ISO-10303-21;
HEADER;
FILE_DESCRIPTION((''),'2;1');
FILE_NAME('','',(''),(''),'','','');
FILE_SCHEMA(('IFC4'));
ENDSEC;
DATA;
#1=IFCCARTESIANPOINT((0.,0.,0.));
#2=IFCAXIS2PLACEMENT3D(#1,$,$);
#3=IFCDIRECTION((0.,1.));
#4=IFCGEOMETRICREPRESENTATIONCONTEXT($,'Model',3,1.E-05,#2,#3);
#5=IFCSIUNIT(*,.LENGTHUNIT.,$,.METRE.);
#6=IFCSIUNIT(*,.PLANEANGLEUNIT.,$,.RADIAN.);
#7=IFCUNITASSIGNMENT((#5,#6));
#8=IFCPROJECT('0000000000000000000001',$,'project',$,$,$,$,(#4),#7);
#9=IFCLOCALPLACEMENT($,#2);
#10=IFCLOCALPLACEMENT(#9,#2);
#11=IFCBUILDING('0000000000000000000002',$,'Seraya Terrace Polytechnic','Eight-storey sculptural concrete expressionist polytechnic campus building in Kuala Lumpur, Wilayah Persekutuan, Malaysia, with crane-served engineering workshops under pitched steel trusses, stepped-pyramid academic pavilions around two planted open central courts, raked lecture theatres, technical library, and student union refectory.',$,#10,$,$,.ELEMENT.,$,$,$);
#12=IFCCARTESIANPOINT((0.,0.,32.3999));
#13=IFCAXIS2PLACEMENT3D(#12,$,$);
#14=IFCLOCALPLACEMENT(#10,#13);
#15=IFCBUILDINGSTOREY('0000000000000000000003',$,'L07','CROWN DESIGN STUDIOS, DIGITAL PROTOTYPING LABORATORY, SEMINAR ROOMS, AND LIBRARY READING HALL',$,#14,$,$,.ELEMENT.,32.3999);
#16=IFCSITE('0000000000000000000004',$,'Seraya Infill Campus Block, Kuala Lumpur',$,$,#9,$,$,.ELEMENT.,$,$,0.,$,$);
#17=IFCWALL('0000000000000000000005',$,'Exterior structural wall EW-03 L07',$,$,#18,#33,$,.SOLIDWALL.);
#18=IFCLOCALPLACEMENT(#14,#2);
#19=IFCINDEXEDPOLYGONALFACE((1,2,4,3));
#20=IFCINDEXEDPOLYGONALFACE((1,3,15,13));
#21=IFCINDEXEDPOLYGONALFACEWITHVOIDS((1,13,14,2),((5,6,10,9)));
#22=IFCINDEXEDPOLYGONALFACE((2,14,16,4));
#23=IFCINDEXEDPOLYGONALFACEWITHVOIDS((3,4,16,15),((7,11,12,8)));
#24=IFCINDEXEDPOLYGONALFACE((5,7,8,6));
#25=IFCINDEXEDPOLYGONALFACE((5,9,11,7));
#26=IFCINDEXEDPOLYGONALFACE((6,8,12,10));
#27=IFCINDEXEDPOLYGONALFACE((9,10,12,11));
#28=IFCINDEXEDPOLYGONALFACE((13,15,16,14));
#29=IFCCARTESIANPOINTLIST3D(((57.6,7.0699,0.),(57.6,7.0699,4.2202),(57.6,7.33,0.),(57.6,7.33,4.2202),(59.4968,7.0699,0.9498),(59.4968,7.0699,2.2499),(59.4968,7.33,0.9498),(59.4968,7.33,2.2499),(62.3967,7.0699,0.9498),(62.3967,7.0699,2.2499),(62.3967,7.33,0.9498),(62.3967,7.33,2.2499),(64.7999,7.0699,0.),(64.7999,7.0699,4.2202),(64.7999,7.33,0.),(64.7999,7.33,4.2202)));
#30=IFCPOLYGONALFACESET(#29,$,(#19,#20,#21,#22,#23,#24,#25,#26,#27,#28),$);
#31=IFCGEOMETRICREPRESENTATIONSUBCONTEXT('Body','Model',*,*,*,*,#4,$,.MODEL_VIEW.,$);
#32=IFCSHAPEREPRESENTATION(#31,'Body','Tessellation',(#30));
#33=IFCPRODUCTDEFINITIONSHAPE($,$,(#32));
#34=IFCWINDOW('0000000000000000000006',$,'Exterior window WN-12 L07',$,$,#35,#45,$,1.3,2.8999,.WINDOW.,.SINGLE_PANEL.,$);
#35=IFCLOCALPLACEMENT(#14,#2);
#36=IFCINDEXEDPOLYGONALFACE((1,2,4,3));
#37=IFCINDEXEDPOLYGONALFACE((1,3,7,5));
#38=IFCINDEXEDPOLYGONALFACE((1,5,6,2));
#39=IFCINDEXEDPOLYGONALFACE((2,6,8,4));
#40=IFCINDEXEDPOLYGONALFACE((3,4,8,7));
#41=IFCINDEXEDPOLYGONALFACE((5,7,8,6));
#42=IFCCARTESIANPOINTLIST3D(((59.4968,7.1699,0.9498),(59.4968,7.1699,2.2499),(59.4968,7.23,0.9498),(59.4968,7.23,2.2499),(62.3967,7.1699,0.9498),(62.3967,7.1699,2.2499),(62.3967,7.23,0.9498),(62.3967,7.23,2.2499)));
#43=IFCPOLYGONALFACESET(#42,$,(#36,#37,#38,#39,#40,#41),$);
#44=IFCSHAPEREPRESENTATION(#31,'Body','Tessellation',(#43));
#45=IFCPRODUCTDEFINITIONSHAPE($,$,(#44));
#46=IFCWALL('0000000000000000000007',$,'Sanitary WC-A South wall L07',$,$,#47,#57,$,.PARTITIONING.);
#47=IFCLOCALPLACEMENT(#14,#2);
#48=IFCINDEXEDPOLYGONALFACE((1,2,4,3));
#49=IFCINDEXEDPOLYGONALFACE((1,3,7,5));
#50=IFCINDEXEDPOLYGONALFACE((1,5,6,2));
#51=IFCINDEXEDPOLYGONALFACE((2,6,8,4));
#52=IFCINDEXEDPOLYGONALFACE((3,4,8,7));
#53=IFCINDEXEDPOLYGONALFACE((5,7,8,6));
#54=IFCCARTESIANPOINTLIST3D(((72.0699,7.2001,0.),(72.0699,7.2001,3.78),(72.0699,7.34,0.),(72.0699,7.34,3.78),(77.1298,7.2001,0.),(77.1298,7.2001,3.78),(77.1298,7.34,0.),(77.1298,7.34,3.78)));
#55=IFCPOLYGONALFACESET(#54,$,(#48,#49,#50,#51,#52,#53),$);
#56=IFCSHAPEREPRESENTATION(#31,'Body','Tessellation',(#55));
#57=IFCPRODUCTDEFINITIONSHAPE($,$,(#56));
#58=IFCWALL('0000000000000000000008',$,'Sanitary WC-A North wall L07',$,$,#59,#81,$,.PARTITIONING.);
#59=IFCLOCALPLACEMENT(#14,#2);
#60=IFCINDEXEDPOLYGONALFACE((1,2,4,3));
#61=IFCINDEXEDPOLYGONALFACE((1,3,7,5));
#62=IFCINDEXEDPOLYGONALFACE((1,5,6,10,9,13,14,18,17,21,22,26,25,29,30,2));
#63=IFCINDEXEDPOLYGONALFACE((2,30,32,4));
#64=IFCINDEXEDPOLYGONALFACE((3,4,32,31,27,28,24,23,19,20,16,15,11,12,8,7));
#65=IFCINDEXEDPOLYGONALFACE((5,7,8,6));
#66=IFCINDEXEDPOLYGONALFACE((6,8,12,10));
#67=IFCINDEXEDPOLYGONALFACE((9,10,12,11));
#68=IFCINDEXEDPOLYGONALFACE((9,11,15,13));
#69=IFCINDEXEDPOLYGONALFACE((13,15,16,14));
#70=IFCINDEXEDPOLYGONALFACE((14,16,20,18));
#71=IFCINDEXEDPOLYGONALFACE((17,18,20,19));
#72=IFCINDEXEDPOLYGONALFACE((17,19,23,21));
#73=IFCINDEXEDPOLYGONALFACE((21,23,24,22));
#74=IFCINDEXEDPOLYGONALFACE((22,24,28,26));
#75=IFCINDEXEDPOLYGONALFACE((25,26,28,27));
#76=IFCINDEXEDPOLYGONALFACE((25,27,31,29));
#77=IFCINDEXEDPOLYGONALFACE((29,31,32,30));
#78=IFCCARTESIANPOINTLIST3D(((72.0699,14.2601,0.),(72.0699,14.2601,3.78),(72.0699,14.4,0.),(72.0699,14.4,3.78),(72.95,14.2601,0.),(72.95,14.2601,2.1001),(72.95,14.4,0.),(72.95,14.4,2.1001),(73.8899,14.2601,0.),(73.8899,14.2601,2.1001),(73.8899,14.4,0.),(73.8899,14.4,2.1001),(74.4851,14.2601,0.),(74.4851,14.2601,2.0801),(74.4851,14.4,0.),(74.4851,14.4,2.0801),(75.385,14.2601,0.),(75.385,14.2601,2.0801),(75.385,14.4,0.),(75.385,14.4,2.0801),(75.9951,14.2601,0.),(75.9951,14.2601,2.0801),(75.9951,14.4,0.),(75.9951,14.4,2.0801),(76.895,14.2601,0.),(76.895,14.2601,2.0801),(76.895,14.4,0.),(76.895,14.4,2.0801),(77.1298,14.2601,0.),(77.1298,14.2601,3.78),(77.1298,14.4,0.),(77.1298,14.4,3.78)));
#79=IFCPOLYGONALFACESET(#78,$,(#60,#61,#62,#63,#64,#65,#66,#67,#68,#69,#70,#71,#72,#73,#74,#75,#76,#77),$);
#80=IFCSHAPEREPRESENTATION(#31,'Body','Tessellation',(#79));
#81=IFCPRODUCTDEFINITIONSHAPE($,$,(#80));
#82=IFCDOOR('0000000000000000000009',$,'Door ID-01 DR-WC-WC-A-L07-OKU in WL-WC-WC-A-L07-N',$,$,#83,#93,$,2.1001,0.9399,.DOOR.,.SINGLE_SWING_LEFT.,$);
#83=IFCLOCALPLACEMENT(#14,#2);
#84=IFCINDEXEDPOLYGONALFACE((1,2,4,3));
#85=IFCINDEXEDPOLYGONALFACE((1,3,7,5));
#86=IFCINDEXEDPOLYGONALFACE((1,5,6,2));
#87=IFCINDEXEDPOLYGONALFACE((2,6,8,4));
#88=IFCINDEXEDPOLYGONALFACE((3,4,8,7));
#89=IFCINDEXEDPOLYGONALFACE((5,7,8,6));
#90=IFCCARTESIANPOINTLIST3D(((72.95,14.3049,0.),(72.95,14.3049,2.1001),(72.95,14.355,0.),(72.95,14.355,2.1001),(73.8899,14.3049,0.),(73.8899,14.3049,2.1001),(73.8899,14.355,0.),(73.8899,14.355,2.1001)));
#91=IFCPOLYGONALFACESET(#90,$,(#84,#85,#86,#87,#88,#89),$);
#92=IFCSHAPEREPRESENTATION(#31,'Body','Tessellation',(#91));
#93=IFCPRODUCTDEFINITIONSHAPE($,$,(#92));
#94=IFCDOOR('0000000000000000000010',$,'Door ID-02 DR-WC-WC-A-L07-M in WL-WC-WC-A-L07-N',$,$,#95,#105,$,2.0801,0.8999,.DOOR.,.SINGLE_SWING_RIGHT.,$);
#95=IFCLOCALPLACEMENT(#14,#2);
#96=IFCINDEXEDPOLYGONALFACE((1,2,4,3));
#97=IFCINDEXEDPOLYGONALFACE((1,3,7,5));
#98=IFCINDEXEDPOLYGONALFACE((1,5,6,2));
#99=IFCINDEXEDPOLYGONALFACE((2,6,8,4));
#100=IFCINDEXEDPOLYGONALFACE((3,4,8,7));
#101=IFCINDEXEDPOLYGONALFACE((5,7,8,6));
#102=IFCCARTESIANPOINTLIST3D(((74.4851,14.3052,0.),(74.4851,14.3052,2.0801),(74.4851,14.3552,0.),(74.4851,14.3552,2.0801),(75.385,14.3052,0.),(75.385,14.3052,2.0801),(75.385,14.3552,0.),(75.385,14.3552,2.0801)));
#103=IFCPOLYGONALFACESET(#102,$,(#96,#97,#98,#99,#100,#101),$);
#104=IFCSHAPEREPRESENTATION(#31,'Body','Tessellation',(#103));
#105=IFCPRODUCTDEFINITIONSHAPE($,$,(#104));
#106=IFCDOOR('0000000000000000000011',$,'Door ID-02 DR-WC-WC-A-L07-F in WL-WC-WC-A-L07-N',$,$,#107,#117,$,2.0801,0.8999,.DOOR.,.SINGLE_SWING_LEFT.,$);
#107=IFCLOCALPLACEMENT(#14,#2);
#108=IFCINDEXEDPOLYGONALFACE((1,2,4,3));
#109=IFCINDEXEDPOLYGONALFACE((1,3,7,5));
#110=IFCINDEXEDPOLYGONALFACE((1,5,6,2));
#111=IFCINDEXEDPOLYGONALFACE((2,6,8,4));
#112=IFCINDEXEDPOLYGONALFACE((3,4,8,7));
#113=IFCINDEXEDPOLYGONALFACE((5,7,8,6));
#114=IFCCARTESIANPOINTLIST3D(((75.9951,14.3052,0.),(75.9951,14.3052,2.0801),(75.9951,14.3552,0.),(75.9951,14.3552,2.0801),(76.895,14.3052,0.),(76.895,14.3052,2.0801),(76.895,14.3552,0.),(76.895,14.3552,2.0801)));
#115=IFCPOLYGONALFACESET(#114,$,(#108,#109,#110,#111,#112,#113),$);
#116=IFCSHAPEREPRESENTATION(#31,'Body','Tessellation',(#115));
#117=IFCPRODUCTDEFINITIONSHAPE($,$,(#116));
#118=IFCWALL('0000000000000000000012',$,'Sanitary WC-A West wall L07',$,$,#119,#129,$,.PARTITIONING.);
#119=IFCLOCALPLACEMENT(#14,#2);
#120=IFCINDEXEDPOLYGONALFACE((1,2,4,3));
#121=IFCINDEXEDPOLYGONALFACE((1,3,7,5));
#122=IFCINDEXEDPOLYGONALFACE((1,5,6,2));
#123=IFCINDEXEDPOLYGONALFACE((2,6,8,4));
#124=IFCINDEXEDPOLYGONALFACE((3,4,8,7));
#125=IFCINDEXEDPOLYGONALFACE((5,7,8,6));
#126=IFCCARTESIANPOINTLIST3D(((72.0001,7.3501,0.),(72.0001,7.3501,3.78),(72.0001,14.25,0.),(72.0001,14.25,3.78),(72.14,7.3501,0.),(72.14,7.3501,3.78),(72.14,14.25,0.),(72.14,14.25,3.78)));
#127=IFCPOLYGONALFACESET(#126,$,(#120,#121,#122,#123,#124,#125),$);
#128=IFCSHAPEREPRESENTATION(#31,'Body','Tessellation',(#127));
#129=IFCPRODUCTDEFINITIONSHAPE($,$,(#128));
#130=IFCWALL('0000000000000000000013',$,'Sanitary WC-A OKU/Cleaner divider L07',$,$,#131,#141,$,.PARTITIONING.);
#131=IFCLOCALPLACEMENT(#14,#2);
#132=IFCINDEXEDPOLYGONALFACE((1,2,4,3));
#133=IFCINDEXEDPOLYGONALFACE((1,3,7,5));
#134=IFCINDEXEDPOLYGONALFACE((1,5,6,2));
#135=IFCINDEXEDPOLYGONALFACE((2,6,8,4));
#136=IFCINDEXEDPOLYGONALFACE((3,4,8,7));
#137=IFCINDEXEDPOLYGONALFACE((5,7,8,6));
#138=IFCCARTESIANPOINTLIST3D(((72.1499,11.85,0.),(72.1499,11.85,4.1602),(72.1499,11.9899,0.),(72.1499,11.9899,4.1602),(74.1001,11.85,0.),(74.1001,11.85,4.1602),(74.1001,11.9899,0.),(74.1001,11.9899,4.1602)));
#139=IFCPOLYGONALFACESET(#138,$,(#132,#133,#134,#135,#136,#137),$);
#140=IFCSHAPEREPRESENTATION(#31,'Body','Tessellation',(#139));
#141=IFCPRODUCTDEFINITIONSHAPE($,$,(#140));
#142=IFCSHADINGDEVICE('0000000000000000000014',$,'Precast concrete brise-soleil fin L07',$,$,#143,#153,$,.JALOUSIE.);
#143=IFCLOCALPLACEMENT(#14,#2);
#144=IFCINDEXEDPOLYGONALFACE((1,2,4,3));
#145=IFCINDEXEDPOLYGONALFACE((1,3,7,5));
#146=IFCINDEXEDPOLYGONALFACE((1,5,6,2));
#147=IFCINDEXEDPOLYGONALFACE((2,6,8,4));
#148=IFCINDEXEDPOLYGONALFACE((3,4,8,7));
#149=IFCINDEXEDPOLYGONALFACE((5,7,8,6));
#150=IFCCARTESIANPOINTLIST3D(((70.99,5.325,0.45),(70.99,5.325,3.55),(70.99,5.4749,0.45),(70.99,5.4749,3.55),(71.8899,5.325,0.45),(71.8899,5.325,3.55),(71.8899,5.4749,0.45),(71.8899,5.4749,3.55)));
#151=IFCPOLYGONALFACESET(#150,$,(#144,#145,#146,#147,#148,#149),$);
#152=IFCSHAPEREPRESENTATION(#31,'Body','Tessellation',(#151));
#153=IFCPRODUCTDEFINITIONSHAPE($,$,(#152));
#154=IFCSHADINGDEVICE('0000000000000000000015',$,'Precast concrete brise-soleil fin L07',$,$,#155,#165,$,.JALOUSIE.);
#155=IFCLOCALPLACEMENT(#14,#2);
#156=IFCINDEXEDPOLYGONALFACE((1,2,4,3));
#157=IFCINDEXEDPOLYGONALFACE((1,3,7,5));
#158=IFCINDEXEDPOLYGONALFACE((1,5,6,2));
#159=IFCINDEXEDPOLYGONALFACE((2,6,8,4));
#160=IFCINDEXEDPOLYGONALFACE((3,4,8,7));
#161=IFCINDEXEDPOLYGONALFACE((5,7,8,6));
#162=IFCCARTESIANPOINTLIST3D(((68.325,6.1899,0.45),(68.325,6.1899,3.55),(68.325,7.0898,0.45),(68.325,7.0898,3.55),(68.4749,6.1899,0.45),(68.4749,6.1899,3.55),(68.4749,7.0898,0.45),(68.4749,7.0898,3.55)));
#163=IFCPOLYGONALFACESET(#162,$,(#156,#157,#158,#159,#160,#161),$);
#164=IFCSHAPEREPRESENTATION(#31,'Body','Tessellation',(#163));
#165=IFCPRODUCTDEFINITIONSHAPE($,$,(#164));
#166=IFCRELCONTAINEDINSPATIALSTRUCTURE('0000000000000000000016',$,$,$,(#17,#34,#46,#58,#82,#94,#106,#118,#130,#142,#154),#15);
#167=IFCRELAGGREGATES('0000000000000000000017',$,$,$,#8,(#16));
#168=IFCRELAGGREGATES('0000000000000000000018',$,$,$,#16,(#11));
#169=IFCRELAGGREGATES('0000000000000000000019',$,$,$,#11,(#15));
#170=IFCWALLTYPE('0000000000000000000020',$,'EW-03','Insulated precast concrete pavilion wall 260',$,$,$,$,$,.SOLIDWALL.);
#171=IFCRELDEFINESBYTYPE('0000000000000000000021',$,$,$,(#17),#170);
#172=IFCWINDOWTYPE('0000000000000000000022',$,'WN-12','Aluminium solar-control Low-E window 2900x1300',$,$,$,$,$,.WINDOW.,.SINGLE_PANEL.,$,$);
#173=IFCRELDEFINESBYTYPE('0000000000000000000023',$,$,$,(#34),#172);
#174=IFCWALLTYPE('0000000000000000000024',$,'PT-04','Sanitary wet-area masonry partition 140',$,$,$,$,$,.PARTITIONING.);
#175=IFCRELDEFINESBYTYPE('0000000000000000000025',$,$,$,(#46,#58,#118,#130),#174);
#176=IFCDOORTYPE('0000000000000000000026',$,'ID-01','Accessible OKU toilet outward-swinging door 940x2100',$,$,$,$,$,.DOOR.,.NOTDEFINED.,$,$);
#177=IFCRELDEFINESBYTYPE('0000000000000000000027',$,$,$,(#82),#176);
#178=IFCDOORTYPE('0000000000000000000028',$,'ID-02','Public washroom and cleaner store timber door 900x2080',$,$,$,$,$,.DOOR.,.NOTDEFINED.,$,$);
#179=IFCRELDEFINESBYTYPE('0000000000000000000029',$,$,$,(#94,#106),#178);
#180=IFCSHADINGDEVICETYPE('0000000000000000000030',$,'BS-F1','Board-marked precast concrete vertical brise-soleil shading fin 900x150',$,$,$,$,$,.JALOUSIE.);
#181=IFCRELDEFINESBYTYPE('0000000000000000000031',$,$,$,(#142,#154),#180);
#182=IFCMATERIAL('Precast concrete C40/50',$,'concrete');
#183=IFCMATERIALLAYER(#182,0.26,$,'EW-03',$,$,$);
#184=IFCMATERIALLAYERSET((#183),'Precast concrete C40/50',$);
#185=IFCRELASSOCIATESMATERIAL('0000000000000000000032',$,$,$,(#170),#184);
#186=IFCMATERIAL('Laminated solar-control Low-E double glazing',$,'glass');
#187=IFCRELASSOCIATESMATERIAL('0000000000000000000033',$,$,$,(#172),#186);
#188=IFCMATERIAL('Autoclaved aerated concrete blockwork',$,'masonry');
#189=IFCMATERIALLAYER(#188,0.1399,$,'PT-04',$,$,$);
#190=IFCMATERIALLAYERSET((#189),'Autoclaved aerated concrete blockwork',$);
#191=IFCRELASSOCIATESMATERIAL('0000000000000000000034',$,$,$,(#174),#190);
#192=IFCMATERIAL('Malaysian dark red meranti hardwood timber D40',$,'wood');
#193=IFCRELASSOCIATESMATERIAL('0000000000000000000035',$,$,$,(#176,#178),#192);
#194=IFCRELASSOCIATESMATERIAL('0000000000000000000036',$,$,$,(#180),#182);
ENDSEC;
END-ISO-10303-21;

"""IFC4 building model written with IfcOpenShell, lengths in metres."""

from ifc_helpers import new_model, si_unit, direction, frame, frame_2d, origin, origin_2d, place, context, subcontext, project, spatial, rectangle, extrude, material, layer, layer_set, type_object, element, fill, save


model = new_model("IFC4")

# Units and contexts
model_context = context("Model", 3, precision=1e-05, world=origin(), true_north=direction((0.0, 1.0)))
body_context = subcontext(model_context, "Body", "Model", "MODEL_VIEW")
ifc_project = project(units=[si_unit("LENGTHUNIT", "METRE"), si_unit("PLANEANGLEUNIT", "RADIAN")], contexts=[model_context])

# Site, building, storey
site_placement = place(None, origin())
site = spatial("IfcSite", under=ifc_project, at=site_placement, Name="Seraya Infill Campus Block, Kuala Lumpur", CompositionType="ELEMENT", RefElevation=0.0)
building_placement = place(site_placement, origin())
building = spatial("IfcBuilding", under=site, at=building_placement, Name="Seraya Terrace Polytechnic", Description="Eight-storey sculptural concrete expressionist polytechnic campus building in Kuala Lumpur, Wilayah Persekutuan, Malaysia, with crane-served engineering workshops under pitched steel trusses, stepped-pyramid academic pavilions around two planted open central courts, raked lecture theatres, technical library, and student union refectory.", CompositionType="ELEMENT")
storey_placement = place(building_placement, frame((0.0, 0.0, 32.3999)))
storey = spatial("IfcBuildingStorey", under=building, at=storey_placement, Name="L07", Description="CROWN DESIGN STUDIOS, DIGITAL PROTOTYPING LABORATORY, SEMINAR ROOMS, AND LIBRARY READING HALL", CompositionType="ELEMENT", Elevation=32.3999)

# Shared definitions
ifc_material_1 = material(Name="Precast concrete C40/50", Category="concrete")
ifc_layer_1 = layer(ifc_material_1, 0.26, Name="EW-03")
ifc_layer_set_1 = layer_set([ifc_layer_1], Name="Precast concrete C40/50")
wall_type_1 = type_object("IfcWallType", Name="EW-03", Description="Insulated precast concrete pavilion wall 260", PredefinedType="SOLIDWALL", material=ifc_layer_set_1)

# Wall, opening, window
ifc_material_2 = material(Name="Laminated solar-control Low-E double glazing", Category="glass")
wall_1_placement = place(storey_placement, frame((64.8, 7.2, 0.0), z_axis=(0.0, 0.0, 1.0), x_axis=(-1.0, 0.0, 0.0)))
wall_1 = element("IfcWall", 1, at=wall_1_placement, inside=storey, type_object=wall_type_1, Name="Exterior structural wall EW-03 L07", PredefinedType="SOLIDWALL", context=body_context, shape_type="SweptSolid", body=[
    extrude(rectangle(XDim=7.2, YDim=0.26, at=frame_2d((3.6001, 0.0))), origin(), (0.0, 0.0, 1.0), 4.2202),
])
opening_1_placement = place(wall_1_placement, frame((2.4033, 0.0, 0.95)))
opening_1 = element("IfcOpeningElement", 2, at=opening_1_placement, cuts=wall_1, PredefinedType="OPENING", context=body_context, shape_type="SweptSolid", body=[
    extrude(rectangle(XDim=2.8999, YDim=1.3, at=frame_2d((1.45, 0.6499))), frame((0.0, 0.1421, 0.0), z_axis=(0.0, -1.0, 0.0), x_axis=(1.0, 0.0, 0.0)), (0.0, 0.0, 1.0), 0.2839),
])
window_type_1 = type_object("IfcWindowType", Name="WN-12", Description="Aluminium solar-control Low-E window 2900x1300", PartitioningType="SINGLE_PANEL", PredefinedType="WINDOW", material=ifc_material_2)
window_1_placement = place(opening_1_placement, origin())
window_1 = element("IfcWindow", 3, at=window_1_placement, inside=storey, type_object=window_type_1, Name="Exterior window WN-12 L07", OverallHeight=1.3, OverallWidth=2.8999, PartitioningType="SINGLE_PANEL", PredefinedType="WINDOW", context=body_context, shape_type="SweptSolid", body=[
    extrude(rectangle(XDim=2.8999, YDim=1.3, at=frame_2d((1.45, 0.6499))), frame((0.0, 0.03, 0.0), z_axis=(0.0, -1.0, 0.0), x_axis=(1.0, 0.0, 0.0)), (0.0, 0.0, 1.0), 0.0601),
])
fill(opening_1, window_1)

# Wall
ifc_material_3 = material(Name="Autoclaved aerated concrete blockwork", Category="masonry")
ifc_layer_2 = layer(ifc_material_3, 0.1399, Name="PT-04")
ifc_layer_set_2 = layer_set([ifc_layer_2], Name="Autoclaved aerated concrete blockwork")
wall_type_2 = type_object("IfcWallType", Name="PT-04", Description="Sanitary wet-area masonry partition 140", PredefinedType="PARTITIONING", material=ifc_layer_set_2)
wall_2_placement = place(storey_placement, frame((72.0701, 7.27, 0.0), z_axis=(0.0, 0.0, 1.0), x_axis=(1.0, 0.0, 0.0)))
element("IfcWall", 4, at=wall_2_placement, inside=storey, type_object=wall_type_2, Name="Sanitary WC-A South wall L07", PredefinedType="PARTITIONING", context=body_context, shape_type="SweptSolid", body=[
    extrude(rectangle(XDim=5.0598, YDim=0.1399, at=frame_2d((2.5298, 0.0))), origin(), (0.0, 0.0, 1.0), 3.78),
])

# Wall, openings, doors
wall_3_placement = place(storey_placement, frame((72.0701, 14.3301, 0.0), z_axis=(0.0, 0.0, 1.0), x_axis=(1.0, 0.0, 0.0)))
wall_3 = element("IfcWall", 5, at=wall_3_placement, inside=storey, type_object=wall_type_2, Name="Sanitary WC-A North wall L07", PredefinedType="PARTITIONING", context=body_context, shape_type="SweptSolid", body=[
    extrude(rectangle(XDim=5.0598, YDim=0.1399, at=frame_2d((2.5298, 0.0))), origin(), (0.0, 0.0, 1.0), 3.78),
])
opening_2_placement = place(wall_3_placement, frame((0.8799, 0.0, 0.0)))
opening_2 = element("IfcOpeningElement", 6, at=opening_2_placement, cuts=wall_3, PredefinedType="OPENING", context=body_context, shape_type="SweptSolid", body=[
    extrude(rectangle(XDim=0.9399, YDim=2.1001, at=frame_2d((0.47, 1.05))), frame((0.0, 0.082, 0.0), z_axis=(0.0, -1.0, 0.0), x_axis=(1.0, 0.0, 0.0)), (0.0, 0.0, 1.0), 0.1638),
])
opening_3_placement = place(wall_3_placement, frame((2.415, 0.0, 0.0)))
opening_3 = element("IfcOpeningElement", 7, at=opening_3_placement, cuts=wall_3, PredefinedType="OPENING", context=body_context, shape_type="SweptSolid", body=[
    extrude(rectangle(XDim=0.8999, YDim=2.0801, at=frame_2d((0.45, 1.04))), frame((0.0, 0.082, 0.0), z_axis=(0.0, -1.0, 0.0), x_axis=(1.0, 0.0, 0.0)), (0.0, 0.0, 1.0), 0.1638),
])
opening_4_placement = place(wall_3_placement, frame((3.925, 0.0, 0.0)))
opening_4 = element("IfcOpeningElement", 8, at=opening_4_placement, cuts=wall_3, PredefinedType="OPENING", context=body_context, shape_type="SweptSolid", body=[
    extrude(rectangle(XDim=0.8999, YDim=2.0801, at=frame_2d((0.45, 1.04))), frame((0.0, 0.082, 0.0), z_axis=(0.0, -1.0, 0.0), x_axis=(1.0, 0.0, 0.0)), (0.0, 0.0, 1.0), 0.1638),
])
ifc_material_4 = material(Name="Malaysian dark red meranti hardwood timber D40", Category="wood")
door_type_1 = type_object("IfcDoorType", Name="ID-01", Description="Accessible OKU toilet outward-swinging door 940x2100", OperationType="NOTDEFINED", PredefinedType="DOOR", material=ifc_material_4)
door_1_placement = place(opening_2_placement, origin())
door_1 = element("IfcDoor", 9, at=door_1_placement, inside=storey, type_object=door_type_1, Name="Door ID-01 DR-WC-WC-A-L07-OKU in WL-WC-WC-A-L07-N", OperationType="SINGLE_SWING_LEFT", OverallHeight=2.1001, OverallWidth=0.9399, PredefinedType="DOOR", context=body_context, shape_type="SweptSolid", body=[
    extrude(rectangle(XDim=0.9399, YDim=2.1001, at=frame_2d((0.47, 1.05))), frame((0.0, 0.0249, 0.0), z_axis=(0.0, -1.0, 0.0), x_axis=(1.0, 0.0, 0.0)), (0.0, 0.0, 1.0), 0.05),
])
fill(opening_2, door_1)
door_type_2 = type_object("IfcDoorType", Name="ID-02", Description="Public washroom and cleaner store timber door 900x2080", OperationType="NOTDEFINED", PredefinedType="DOOR", material=ifc_material_4)
door_2_placement = place(opening_3_placement, frame((0.8999, 0.0, 0.0), z_axis=(0.0, 0.0, 1.0), x_axis=(-1.0, 0.0, 0.0)))
door_2 = element("IfcDoor", 10, at=door_2_placement, inside=storey, type_object=door_type_2, Name="Door ID-02 DR-WC-WC-A-L07-M in WL-WC-WC-A-L07-N", OperationType="SINGLE_SWING_RIGHT", OverallHeight=2.0801, OverallWidth=0.8999, PredefinedType="DOOR", context=body_context, shape_type="SweptSolid", body=[
    extrude(rectangle(XDim=0.8999, YDim=2.0801, at=frame_2d((0.45, 1.04))), frame((0.0, 0.0249, 0.0), z_axis=(0.0, -1.0, 0.0), x_axis=(1.0, 0.0, 0.0)), (0.0, 0.0, 1.0), 0.05),
])
fill(opening_3, door_2)
door_3_placement = place(opening_4_placement, frame((0.8999, 0.0, 0.0), z_axis=(0.0, 0.0, 1.0), x_axis=(-1.0, 0.0, 0.0)))
door_3 = element("IfcDoor", 11, at=door_3_placement, inside=storey, type_object=door_type_2, Name="Door ID-02 DR-WC-WC-A-L07-F in WL-WC-WC-A-L07-N", OperationType="SINGLE_SWING_LEFT", OverallHeight=2.0801, OverallWidth=0.8999, PredefinedType="DOOR", context=body_context, shape_type="SweptSolid", body=[
    extrude(rectangle(XDim=0.8999, YDim=2.0801, at=frame_2d((0.45, 1.04))), frame((0.0, 0.0249, 0.0), z_axis=(0.0, -1.0, 0.0), x_axis=(1.0, 0.0, 0.0)), (0.0, 0.0, 1.0), 0.05),
])
fill(opening_4, door_3)

# Walls
wall_4_placement = place(storey_placement, frame((72.0701, 7.3501, 0.0), z_axis=(0.0, 0.0, 1.0), x_axis=(0.0, 1.0, 0.0)))
element("IfcWall", 12, at=wall_4_placement, inside=storey, type_object=wall_type_2, Name="Sanitary WC-A West wall L07", PredefinedType="PARTITIONING", context=body_context, shape_type="SweptSolid", body=[
    extrude(rectangle(XDim=6.8999, YDim=0.1399, at=frame_2d((3.45, 0.0))), origin(), (0.0, 0.0, 1.0), 3.78),
])
wall_5_placement = place(storey_placement, frame((72.1499, 11.9199, 0.0), z_axis=(0.0, 0.0, 1.0), x_axis=(1.0, 0.0, 0.0)))
element("IfcWall", 13, at=wall_5_placement, inside=storey, type_object=wall_type_2, Name="Sanitary WC-A OKU/Cleaner divider L07", PredefinedType="PARTITIONING", context=body_context, shape_type="SweptSolid", body=[
    extrude(rectangle(XDim=1.9502, YDim=0.1399, at=frame_2d((0.9751, 0.0))), origin(), (0.0, 0.0, 1.0), 4.1602),
])

# Shading devices
shading_device_type = type_object("IfcShadingDeviceType", Name="BS-F1", Description="Board-marked precast concrete vertical brise-soleil shading fin 900x150", PredefinedType="JALOUSIE", material=ifc_material_1)
for number, where, z_axis, x_axis, name in (
    (14, (71.4399, 5.3999, 0.45), (0.0, 0.0, 1.0), (-1.0, 0.0, 0.0), "Precast concrete brise-soleil fin L07"),
    (15, (68.3999, 6.6399, 0.45), (0.0, 0.0, 1.0), (0.0, -1.0, 0.0), "Precast concrete brise-soleil fin L07"),
):
    element("IfcShadingDevice", number, at=place(storey_placement, frame(where, z_axis=z_axis, x_axis=x_axis)), inside=storey, type_object=shading_device_type, Name=name, PredefinedType="JALOUSIE", context=body_context, shape_type="SweptSolid", body=[
        extrude(rectangle(XDim=0.8999, YDim=0.1499, at=origin_2d()), origin(), (0.0, 0.0, 1.0), 3.1001),
    ])

save(model, "model.ifc")
